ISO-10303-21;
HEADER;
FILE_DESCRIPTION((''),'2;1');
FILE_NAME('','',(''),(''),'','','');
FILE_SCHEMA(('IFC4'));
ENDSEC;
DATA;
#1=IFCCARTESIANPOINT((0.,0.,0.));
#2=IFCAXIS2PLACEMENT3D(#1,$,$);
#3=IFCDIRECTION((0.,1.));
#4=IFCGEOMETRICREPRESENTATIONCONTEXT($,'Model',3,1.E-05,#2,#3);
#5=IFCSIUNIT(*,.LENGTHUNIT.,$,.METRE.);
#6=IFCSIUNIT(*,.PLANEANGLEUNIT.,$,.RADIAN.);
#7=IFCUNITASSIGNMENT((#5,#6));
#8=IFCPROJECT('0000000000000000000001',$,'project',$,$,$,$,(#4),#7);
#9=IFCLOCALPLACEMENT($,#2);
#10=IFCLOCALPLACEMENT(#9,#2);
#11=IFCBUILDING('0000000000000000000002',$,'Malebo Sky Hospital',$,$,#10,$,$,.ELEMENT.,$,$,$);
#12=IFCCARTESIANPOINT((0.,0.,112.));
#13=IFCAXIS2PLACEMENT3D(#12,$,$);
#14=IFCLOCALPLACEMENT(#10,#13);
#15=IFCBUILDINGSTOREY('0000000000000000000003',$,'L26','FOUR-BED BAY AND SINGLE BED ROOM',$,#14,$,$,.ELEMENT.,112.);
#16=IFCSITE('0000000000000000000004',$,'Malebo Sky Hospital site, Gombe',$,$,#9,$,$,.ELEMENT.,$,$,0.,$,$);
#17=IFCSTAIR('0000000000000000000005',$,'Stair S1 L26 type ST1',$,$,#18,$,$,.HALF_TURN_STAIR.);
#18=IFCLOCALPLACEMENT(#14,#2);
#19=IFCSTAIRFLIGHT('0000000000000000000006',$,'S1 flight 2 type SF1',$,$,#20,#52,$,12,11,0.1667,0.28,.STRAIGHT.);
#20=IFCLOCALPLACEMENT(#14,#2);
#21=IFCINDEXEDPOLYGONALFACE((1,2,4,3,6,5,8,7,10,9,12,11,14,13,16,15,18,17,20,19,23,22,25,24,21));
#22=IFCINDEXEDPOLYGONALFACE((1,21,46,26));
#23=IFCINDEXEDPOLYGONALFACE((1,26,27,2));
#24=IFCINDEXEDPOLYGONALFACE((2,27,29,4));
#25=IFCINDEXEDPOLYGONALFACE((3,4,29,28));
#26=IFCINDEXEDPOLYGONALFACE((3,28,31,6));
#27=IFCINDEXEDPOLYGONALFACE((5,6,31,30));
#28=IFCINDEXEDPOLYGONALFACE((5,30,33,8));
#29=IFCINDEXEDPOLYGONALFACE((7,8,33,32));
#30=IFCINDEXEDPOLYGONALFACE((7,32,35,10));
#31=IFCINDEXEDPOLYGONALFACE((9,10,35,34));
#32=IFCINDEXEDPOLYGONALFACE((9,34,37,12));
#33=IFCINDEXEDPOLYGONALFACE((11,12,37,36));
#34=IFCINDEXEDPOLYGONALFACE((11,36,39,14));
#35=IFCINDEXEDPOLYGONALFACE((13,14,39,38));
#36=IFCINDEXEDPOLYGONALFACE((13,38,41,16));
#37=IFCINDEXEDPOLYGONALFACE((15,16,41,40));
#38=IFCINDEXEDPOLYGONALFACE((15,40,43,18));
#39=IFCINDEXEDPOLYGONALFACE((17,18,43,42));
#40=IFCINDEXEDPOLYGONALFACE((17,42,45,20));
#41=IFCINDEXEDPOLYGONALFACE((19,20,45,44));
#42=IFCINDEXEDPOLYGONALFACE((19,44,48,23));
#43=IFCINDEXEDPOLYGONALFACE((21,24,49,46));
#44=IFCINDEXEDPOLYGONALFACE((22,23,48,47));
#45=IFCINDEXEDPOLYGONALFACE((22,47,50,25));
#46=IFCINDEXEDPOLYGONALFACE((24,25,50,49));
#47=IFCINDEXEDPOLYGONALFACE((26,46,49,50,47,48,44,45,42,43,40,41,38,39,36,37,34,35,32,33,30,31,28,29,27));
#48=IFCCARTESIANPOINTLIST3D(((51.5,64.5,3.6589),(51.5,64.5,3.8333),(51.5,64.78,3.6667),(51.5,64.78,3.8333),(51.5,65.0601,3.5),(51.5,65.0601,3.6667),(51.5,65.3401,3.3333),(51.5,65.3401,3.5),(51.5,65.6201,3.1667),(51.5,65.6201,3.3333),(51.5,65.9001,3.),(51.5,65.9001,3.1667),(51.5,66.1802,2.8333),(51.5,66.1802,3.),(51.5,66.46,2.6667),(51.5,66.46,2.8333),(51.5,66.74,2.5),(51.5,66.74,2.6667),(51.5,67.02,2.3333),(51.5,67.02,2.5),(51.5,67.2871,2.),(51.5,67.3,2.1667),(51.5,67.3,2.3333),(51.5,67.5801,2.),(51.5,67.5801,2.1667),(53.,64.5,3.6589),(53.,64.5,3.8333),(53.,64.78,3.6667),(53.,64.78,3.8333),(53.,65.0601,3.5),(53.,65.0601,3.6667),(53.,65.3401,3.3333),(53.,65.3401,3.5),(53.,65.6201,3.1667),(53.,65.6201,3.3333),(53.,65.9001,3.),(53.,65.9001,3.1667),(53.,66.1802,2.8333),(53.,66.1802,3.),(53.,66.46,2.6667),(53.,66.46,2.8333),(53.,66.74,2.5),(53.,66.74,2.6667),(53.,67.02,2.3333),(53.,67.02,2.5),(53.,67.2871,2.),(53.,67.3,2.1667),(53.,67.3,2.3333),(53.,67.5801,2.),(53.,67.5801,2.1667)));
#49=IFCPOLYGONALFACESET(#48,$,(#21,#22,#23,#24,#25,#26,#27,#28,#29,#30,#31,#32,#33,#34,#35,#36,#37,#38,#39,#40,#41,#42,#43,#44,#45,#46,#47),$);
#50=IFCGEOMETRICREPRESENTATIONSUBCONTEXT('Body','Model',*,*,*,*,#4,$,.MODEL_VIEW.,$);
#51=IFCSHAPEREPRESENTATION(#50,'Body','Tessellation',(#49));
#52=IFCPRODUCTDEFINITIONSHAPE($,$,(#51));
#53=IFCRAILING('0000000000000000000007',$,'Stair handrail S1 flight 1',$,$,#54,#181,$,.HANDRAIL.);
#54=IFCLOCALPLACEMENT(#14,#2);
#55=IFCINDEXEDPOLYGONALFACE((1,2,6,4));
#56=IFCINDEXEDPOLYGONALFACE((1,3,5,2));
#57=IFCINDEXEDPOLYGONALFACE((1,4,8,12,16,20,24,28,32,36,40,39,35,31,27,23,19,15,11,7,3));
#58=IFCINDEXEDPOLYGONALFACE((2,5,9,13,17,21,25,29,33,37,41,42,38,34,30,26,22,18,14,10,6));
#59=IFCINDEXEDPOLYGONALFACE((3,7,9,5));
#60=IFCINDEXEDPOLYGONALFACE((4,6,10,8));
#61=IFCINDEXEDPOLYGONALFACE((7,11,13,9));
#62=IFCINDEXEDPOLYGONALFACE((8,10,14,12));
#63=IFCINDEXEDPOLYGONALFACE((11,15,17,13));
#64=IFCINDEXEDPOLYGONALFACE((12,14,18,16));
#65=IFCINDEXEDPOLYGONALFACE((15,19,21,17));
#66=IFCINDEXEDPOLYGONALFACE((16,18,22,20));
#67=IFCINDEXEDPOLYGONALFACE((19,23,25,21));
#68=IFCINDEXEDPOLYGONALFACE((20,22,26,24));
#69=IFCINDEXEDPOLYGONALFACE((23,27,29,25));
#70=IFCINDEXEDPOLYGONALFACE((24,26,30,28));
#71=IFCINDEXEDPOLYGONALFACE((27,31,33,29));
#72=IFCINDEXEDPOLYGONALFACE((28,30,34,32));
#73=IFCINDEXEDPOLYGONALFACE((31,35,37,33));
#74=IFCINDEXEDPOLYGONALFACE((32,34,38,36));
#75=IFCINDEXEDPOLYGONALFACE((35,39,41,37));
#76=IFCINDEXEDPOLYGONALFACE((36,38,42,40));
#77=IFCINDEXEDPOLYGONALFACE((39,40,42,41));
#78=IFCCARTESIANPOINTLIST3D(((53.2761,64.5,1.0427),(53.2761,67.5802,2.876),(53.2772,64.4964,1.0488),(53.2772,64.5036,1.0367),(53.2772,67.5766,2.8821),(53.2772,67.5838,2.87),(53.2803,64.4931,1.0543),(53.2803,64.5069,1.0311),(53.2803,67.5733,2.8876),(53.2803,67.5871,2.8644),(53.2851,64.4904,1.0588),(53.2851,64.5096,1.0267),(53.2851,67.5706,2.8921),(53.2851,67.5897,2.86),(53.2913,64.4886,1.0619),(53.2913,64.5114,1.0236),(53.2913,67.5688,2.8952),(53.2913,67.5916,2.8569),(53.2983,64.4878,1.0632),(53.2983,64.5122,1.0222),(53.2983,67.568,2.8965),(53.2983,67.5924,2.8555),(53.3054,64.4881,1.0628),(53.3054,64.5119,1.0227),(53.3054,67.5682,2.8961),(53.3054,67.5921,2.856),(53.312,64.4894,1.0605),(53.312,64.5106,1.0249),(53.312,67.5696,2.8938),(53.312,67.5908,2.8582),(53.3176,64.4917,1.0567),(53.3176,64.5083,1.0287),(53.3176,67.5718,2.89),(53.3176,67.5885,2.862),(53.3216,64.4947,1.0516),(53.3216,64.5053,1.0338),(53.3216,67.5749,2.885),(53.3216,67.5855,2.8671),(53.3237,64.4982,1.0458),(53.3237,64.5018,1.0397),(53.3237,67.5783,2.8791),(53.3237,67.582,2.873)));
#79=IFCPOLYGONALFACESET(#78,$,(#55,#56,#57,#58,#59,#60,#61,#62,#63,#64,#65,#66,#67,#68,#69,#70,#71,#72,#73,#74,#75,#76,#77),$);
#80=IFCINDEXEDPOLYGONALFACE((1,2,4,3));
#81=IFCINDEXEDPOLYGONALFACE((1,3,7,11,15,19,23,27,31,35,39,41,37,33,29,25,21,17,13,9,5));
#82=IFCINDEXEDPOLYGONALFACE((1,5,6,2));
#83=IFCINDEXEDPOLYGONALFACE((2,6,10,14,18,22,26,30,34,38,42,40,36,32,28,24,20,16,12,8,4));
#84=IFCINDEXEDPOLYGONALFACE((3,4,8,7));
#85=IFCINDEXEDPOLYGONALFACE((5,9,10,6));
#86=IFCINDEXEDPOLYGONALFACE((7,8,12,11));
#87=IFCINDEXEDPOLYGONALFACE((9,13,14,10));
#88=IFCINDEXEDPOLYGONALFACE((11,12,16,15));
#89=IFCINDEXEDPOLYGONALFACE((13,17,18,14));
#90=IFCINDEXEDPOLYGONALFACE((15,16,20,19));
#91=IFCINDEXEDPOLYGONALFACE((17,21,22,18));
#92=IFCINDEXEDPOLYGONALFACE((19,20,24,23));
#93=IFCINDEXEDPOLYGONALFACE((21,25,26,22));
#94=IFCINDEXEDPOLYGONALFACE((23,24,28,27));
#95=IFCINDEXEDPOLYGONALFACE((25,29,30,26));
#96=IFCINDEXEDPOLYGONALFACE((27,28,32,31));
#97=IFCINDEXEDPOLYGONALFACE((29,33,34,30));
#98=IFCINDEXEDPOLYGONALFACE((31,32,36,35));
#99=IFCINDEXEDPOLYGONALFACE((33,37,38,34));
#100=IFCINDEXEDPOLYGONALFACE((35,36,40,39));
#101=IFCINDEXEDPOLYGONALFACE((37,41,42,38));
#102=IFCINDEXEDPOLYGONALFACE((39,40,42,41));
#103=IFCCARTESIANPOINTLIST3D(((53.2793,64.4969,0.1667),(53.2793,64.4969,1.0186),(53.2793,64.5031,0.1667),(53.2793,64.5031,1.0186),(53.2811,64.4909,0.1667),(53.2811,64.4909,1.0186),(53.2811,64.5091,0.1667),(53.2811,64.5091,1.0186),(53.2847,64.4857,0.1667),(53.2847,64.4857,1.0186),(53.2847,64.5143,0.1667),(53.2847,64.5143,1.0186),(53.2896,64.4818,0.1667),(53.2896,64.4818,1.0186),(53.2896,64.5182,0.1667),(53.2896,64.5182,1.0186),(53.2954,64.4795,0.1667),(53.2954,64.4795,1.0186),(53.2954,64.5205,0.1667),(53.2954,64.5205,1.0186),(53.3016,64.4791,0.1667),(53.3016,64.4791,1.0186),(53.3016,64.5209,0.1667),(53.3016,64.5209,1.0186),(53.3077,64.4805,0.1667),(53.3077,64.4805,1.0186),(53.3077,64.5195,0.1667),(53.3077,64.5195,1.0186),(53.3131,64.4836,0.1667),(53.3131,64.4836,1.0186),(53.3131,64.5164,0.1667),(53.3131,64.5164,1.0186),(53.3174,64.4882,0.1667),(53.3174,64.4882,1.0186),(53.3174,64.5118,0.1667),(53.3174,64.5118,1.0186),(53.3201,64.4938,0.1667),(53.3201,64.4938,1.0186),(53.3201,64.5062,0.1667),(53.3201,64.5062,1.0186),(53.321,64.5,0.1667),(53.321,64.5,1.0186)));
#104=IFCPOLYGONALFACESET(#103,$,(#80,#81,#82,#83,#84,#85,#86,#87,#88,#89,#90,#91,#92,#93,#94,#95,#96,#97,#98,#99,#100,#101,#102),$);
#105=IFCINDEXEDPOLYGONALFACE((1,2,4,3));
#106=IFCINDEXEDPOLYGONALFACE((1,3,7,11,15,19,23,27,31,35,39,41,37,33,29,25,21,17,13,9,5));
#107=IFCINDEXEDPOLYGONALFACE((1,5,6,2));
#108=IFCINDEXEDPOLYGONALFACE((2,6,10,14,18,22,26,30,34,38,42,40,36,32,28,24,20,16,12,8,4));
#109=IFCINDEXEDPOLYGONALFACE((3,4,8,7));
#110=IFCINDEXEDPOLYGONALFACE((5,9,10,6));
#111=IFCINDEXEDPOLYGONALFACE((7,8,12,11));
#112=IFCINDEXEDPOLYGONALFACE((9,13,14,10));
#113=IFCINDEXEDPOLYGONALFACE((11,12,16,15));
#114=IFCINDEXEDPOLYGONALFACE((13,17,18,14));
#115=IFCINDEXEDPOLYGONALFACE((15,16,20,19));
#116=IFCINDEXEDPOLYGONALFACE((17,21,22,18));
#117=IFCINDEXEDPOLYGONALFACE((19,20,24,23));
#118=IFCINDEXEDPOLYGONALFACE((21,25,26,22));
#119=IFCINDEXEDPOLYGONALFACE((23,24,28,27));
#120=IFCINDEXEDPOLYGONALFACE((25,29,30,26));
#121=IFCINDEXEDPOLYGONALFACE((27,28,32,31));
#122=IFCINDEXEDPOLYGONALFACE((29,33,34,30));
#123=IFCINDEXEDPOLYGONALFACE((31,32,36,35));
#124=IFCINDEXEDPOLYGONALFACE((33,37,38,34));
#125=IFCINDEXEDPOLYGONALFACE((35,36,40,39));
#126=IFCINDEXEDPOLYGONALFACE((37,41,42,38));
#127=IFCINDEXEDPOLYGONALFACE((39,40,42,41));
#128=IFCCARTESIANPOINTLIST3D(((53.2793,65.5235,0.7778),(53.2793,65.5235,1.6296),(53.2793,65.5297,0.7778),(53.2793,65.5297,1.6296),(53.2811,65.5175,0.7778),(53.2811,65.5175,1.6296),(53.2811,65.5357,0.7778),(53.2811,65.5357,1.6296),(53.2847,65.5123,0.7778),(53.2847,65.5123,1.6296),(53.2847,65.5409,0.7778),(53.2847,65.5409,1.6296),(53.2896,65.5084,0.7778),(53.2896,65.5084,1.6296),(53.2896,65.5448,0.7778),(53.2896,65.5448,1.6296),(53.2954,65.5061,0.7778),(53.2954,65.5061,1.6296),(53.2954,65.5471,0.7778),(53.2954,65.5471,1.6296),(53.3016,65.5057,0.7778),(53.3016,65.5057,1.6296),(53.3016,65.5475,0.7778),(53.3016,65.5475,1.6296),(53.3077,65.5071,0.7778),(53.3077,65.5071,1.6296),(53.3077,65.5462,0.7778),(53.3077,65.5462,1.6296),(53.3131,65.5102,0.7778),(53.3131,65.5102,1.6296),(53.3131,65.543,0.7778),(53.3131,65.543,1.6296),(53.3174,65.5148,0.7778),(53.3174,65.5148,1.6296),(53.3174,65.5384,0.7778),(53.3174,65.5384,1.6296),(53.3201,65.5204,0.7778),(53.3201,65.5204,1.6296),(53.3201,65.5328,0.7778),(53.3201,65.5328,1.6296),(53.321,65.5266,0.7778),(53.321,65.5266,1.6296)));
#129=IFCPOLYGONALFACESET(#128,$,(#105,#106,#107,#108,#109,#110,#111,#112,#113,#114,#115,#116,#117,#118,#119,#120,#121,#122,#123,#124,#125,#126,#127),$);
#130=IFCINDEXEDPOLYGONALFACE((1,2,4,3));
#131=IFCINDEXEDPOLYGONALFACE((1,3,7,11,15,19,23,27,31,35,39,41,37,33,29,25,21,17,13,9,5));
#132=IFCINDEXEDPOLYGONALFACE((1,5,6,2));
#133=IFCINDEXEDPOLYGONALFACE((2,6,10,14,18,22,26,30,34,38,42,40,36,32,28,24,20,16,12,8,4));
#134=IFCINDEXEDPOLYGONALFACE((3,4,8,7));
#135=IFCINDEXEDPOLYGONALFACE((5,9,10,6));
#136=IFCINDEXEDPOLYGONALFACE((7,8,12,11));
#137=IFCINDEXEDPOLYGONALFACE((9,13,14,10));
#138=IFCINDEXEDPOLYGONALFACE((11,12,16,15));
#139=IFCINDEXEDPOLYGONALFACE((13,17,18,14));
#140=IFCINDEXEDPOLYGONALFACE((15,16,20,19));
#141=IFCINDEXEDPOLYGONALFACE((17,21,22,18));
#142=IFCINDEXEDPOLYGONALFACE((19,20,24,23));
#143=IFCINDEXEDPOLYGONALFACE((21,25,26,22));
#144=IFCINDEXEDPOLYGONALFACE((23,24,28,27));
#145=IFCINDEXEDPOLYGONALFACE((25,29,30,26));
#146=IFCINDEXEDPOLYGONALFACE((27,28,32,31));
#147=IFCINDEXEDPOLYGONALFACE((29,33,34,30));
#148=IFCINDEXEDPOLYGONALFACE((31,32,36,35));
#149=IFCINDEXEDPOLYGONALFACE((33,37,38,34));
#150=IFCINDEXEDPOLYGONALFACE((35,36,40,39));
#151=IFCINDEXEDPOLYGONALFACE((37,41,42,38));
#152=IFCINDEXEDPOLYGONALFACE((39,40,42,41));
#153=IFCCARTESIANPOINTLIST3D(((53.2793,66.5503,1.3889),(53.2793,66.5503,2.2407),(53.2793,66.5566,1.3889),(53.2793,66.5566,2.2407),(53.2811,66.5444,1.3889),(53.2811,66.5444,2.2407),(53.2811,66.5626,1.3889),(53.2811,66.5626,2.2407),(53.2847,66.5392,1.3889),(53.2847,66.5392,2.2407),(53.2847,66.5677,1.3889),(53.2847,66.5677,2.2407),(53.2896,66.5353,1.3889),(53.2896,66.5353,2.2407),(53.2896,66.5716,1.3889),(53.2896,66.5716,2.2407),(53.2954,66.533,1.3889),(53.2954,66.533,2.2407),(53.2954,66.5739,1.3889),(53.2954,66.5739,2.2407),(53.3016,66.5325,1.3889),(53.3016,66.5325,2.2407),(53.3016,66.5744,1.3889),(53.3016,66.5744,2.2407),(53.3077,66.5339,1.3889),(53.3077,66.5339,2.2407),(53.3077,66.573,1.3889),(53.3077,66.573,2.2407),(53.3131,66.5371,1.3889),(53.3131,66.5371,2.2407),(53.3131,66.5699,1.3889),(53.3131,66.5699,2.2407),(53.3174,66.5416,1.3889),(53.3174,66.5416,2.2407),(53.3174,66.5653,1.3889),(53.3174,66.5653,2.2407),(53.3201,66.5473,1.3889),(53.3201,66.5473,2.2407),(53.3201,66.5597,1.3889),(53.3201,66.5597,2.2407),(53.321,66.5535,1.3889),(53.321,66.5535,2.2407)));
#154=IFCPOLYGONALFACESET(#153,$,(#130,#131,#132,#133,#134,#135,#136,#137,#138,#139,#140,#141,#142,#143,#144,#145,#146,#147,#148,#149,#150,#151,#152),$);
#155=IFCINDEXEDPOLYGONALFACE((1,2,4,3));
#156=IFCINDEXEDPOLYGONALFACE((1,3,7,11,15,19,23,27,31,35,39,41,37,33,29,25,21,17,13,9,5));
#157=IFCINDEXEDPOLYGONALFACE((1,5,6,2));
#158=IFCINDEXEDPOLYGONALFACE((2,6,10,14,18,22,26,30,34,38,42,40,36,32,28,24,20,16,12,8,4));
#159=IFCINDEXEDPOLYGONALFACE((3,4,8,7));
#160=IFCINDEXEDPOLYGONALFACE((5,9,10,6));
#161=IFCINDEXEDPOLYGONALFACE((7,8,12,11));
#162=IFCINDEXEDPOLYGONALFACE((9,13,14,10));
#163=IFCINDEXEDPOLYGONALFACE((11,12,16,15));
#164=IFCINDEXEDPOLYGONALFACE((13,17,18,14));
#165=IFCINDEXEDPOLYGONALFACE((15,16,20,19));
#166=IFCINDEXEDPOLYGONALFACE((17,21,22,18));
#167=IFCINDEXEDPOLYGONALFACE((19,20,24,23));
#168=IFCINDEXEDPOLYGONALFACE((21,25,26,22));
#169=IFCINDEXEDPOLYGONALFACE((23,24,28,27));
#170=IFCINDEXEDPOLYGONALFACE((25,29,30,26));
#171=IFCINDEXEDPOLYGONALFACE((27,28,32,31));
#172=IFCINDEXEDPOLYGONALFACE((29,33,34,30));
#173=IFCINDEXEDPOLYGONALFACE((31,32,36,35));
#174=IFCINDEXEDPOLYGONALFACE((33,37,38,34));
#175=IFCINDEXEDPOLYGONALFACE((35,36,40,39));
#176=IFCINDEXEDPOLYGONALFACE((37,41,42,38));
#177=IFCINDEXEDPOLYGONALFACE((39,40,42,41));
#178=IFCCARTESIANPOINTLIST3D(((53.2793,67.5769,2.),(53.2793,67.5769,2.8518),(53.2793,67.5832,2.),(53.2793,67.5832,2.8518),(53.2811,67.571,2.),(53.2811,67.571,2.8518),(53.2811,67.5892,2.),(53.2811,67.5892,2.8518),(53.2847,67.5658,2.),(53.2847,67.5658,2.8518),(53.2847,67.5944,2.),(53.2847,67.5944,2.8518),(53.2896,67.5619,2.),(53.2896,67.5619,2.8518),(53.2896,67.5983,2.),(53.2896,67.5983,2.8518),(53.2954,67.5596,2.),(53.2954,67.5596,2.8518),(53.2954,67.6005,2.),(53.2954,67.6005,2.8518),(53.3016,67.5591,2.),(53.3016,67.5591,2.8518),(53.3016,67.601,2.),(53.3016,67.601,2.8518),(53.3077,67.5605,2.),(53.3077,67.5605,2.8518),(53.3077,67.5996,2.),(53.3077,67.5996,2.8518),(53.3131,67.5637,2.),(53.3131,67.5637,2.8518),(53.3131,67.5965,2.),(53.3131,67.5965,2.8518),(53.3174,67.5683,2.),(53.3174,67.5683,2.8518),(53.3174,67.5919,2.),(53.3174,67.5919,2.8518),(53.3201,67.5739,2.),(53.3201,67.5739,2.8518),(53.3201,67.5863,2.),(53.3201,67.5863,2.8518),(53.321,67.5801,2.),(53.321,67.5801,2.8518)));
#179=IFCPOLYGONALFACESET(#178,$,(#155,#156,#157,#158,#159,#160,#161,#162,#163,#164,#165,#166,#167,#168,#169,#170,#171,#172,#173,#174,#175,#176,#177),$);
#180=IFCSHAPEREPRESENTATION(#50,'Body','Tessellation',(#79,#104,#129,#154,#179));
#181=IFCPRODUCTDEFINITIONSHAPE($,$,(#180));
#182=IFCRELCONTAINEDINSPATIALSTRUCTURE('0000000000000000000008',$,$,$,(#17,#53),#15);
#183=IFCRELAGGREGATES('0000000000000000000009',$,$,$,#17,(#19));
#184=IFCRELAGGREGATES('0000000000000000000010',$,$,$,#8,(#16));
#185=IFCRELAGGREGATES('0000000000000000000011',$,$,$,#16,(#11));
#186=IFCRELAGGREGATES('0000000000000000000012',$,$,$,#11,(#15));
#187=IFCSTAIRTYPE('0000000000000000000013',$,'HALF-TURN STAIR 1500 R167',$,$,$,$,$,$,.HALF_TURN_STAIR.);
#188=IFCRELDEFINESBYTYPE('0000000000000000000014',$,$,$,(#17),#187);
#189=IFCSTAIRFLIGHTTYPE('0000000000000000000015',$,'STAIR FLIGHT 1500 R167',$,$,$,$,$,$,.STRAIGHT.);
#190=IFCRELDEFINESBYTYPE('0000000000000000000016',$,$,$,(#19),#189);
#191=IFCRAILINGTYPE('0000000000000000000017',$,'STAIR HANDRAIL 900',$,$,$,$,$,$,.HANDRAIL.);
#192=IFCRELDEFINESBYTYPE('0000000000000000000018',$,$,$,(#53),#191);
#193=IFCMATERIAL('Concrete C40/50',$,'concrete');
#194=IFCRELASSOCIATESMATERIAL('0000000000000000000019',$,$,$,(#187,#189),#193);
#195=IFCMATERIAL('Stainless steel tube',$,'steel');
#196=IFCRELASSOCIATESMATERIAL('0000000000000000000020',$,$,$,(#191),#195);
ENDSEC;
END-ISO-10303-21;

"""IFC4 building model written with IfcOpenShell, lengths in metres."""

from ifc_helpers import new_model, si_unit, direction, frame, origin, origin_2d, place, context, subcontext, project, spatial, polyline, circle, outline, extrude, material, type_object, element, aggregate, save


model = new_model("IFC4")

# Units and contexts
model_context = context("Model", 3, precision=1e-05, world=origin(), true_north=direction((0.0, 1.0)))
body_context = subcontext(model_context, "Body", "Model", "MODEL_VIEW")
ifc_project = project(units=[si_unit("LENGTHUNIT", "METRE"), si_unit("PLANEANGLEUNIT", "RADIAN")], contexts=[model_context])

# Site, building, storey
site_placement = place(None, origin())
site = spatial("IfcSite", under=ifc_project, at=site_placement, Name="Malebo Sky Hospital site, Gombe", CompositionType="ELEMENT", RefElevation=0.0)
building_placement = place(site_placement, origin())
building = spatial("IfcBuilding", under=site, at=building_placement, Name="Malebo Sky Hospital", CompositionType="ELEMENT")
storey_placement = place(building_placement, frame((0.0, 0.0, 112.0)))
storey = spatial("IfcBuildingStorey", under=building, at=storey_placement, Name="L26", Description="FOUR-BED BAY AND SINGLE BED ROOM", CompositionType="ELEMENT", Elevation=112.0)

# Stair, stair flight
ifc_material_1 = material(Name="Concrete C40/50", Category="concrete")
stair_type = type_object("IfcStairType", Name="HALF-TURN STAIR 1500 R167", PredefinedType="HALF_TURN_STAIR", material=ifc_material_1)
stair_placement = place(storey_placement, origin())
stair = element("IfcStair", 1, at=stair_placement, inside=storey, type_object=stair_type, Name="Stair S1 L26 type ST1", PredefinedType="HALF_TURN_STAIR")
stair_flight_type = type_object("IfcStairFlightType", Name="STAIR FLIGHT 1500 R167", PredefinedType="STRAIGHT", material=ifc_material_1)
stair_flight_1_placement = place(storey_placement, frame((52.25, 67.5801, 2.0), z_axis=(0.0, 0.0, 1.0), x_axis=(0.0, -1.0, 0.0)))
stair_flight_1 = element("IfcStairFlight", 2, at=stair_flight_1_placement, type_object=stair_flight_type, Name="S1 flight 2 type SF1", NumberOfRisers=12, NumberOfTreads=11, PredefinedType="STRAIGHT", RiserHeight=0.1667, TreadLength=0.28, context=body_context, shape_type="SweptSolid", body=[
    extrude(outline(polyline([(0.0, 0.0), (0.0, 0.1667), (0.28, 0.1667), (0.28, 0.3333), (0.5601, 0.3333), (0.5601, 0.5), (0.8401, 0.5), (0.8401, 0.6667), (1.1201, 0.6667), (1.1201, 0.8333), (1.3999, 0.8333), (1.3999, 1.0), (1.6799, 1.0), (1.6799, 1.1667), (1.96, 1.1667), (1.96, 1.3333), (2.24, 1.3333), (2.24, 1.5), (2.52, 1.5), (2.52, 1.6667), (2.8, 1.6667), (2.8, 1.8333), (3.0801, 1.8333), (3.0801, 2.0), (3.0801, 1.6589), (0.293, 0.0), (0.0, 0.0)])), frame((0.0, 0.75, 0.0), z_axis=(0.0, -1.0, 0.0), x_axis=(1.0, 0.0, 0.0)), (0.0, 0.0, 1.0), 1.5),
])
aggregate(stair, [stair_flight_1])

# Railing
ifc_material_2 = material(Name="Stainless steel tube", Category="steel")
railing_type = type_object("IfcRailingType", Name="STAIR HANDRAIL 900", PredefinedType="HANDRAIL", material=ifc_material_2)
railing_1_placement = place(storey_placement, frame((53.3, 64.5, 0.1667)))
element("IfcRailing", 3, at=railing_1_placement, inside=storey, type_object=railing_type, Name="Stair handrail S1 flight 1", PredefinedType="HANDRAIL", context=body_context, shape_type="SweptSolid", body=[
    extrude(circle(Radius=0.0239, at=origin_2d()), frame((0.0, 0.0, 0.876), z_axis=(0.0, 0.859309, 0.511458), x_axis=(-1.0, 0.0, 0.0)), (0.0, 0.0, 1.0), 3.5845),
    extrude(circle(Radius=0.021, at=origin_2d()), origin(), (0.0, 0.0, 1.0), 0.8518),
    extrude(circle(Radius=0.021, at=origin_2d()), frame((0.0, 1.0266, 0.6111)), (0.0, 0.0, 1.0), 0.8518),
    extrude(circle(Radius=0.021, at=origin_2d()), frame((0.0, 2.0535, 1.2222)), (0.0, 0.0, 1.0), 0.8518),
    extrude(circle(Radius=0.021, at=origin_2d()), frame((0.0, 3.0801, 1.8333)), (0.0, 0.0, 1.0), 0.8518),
])

save(model, "model.ifc")
